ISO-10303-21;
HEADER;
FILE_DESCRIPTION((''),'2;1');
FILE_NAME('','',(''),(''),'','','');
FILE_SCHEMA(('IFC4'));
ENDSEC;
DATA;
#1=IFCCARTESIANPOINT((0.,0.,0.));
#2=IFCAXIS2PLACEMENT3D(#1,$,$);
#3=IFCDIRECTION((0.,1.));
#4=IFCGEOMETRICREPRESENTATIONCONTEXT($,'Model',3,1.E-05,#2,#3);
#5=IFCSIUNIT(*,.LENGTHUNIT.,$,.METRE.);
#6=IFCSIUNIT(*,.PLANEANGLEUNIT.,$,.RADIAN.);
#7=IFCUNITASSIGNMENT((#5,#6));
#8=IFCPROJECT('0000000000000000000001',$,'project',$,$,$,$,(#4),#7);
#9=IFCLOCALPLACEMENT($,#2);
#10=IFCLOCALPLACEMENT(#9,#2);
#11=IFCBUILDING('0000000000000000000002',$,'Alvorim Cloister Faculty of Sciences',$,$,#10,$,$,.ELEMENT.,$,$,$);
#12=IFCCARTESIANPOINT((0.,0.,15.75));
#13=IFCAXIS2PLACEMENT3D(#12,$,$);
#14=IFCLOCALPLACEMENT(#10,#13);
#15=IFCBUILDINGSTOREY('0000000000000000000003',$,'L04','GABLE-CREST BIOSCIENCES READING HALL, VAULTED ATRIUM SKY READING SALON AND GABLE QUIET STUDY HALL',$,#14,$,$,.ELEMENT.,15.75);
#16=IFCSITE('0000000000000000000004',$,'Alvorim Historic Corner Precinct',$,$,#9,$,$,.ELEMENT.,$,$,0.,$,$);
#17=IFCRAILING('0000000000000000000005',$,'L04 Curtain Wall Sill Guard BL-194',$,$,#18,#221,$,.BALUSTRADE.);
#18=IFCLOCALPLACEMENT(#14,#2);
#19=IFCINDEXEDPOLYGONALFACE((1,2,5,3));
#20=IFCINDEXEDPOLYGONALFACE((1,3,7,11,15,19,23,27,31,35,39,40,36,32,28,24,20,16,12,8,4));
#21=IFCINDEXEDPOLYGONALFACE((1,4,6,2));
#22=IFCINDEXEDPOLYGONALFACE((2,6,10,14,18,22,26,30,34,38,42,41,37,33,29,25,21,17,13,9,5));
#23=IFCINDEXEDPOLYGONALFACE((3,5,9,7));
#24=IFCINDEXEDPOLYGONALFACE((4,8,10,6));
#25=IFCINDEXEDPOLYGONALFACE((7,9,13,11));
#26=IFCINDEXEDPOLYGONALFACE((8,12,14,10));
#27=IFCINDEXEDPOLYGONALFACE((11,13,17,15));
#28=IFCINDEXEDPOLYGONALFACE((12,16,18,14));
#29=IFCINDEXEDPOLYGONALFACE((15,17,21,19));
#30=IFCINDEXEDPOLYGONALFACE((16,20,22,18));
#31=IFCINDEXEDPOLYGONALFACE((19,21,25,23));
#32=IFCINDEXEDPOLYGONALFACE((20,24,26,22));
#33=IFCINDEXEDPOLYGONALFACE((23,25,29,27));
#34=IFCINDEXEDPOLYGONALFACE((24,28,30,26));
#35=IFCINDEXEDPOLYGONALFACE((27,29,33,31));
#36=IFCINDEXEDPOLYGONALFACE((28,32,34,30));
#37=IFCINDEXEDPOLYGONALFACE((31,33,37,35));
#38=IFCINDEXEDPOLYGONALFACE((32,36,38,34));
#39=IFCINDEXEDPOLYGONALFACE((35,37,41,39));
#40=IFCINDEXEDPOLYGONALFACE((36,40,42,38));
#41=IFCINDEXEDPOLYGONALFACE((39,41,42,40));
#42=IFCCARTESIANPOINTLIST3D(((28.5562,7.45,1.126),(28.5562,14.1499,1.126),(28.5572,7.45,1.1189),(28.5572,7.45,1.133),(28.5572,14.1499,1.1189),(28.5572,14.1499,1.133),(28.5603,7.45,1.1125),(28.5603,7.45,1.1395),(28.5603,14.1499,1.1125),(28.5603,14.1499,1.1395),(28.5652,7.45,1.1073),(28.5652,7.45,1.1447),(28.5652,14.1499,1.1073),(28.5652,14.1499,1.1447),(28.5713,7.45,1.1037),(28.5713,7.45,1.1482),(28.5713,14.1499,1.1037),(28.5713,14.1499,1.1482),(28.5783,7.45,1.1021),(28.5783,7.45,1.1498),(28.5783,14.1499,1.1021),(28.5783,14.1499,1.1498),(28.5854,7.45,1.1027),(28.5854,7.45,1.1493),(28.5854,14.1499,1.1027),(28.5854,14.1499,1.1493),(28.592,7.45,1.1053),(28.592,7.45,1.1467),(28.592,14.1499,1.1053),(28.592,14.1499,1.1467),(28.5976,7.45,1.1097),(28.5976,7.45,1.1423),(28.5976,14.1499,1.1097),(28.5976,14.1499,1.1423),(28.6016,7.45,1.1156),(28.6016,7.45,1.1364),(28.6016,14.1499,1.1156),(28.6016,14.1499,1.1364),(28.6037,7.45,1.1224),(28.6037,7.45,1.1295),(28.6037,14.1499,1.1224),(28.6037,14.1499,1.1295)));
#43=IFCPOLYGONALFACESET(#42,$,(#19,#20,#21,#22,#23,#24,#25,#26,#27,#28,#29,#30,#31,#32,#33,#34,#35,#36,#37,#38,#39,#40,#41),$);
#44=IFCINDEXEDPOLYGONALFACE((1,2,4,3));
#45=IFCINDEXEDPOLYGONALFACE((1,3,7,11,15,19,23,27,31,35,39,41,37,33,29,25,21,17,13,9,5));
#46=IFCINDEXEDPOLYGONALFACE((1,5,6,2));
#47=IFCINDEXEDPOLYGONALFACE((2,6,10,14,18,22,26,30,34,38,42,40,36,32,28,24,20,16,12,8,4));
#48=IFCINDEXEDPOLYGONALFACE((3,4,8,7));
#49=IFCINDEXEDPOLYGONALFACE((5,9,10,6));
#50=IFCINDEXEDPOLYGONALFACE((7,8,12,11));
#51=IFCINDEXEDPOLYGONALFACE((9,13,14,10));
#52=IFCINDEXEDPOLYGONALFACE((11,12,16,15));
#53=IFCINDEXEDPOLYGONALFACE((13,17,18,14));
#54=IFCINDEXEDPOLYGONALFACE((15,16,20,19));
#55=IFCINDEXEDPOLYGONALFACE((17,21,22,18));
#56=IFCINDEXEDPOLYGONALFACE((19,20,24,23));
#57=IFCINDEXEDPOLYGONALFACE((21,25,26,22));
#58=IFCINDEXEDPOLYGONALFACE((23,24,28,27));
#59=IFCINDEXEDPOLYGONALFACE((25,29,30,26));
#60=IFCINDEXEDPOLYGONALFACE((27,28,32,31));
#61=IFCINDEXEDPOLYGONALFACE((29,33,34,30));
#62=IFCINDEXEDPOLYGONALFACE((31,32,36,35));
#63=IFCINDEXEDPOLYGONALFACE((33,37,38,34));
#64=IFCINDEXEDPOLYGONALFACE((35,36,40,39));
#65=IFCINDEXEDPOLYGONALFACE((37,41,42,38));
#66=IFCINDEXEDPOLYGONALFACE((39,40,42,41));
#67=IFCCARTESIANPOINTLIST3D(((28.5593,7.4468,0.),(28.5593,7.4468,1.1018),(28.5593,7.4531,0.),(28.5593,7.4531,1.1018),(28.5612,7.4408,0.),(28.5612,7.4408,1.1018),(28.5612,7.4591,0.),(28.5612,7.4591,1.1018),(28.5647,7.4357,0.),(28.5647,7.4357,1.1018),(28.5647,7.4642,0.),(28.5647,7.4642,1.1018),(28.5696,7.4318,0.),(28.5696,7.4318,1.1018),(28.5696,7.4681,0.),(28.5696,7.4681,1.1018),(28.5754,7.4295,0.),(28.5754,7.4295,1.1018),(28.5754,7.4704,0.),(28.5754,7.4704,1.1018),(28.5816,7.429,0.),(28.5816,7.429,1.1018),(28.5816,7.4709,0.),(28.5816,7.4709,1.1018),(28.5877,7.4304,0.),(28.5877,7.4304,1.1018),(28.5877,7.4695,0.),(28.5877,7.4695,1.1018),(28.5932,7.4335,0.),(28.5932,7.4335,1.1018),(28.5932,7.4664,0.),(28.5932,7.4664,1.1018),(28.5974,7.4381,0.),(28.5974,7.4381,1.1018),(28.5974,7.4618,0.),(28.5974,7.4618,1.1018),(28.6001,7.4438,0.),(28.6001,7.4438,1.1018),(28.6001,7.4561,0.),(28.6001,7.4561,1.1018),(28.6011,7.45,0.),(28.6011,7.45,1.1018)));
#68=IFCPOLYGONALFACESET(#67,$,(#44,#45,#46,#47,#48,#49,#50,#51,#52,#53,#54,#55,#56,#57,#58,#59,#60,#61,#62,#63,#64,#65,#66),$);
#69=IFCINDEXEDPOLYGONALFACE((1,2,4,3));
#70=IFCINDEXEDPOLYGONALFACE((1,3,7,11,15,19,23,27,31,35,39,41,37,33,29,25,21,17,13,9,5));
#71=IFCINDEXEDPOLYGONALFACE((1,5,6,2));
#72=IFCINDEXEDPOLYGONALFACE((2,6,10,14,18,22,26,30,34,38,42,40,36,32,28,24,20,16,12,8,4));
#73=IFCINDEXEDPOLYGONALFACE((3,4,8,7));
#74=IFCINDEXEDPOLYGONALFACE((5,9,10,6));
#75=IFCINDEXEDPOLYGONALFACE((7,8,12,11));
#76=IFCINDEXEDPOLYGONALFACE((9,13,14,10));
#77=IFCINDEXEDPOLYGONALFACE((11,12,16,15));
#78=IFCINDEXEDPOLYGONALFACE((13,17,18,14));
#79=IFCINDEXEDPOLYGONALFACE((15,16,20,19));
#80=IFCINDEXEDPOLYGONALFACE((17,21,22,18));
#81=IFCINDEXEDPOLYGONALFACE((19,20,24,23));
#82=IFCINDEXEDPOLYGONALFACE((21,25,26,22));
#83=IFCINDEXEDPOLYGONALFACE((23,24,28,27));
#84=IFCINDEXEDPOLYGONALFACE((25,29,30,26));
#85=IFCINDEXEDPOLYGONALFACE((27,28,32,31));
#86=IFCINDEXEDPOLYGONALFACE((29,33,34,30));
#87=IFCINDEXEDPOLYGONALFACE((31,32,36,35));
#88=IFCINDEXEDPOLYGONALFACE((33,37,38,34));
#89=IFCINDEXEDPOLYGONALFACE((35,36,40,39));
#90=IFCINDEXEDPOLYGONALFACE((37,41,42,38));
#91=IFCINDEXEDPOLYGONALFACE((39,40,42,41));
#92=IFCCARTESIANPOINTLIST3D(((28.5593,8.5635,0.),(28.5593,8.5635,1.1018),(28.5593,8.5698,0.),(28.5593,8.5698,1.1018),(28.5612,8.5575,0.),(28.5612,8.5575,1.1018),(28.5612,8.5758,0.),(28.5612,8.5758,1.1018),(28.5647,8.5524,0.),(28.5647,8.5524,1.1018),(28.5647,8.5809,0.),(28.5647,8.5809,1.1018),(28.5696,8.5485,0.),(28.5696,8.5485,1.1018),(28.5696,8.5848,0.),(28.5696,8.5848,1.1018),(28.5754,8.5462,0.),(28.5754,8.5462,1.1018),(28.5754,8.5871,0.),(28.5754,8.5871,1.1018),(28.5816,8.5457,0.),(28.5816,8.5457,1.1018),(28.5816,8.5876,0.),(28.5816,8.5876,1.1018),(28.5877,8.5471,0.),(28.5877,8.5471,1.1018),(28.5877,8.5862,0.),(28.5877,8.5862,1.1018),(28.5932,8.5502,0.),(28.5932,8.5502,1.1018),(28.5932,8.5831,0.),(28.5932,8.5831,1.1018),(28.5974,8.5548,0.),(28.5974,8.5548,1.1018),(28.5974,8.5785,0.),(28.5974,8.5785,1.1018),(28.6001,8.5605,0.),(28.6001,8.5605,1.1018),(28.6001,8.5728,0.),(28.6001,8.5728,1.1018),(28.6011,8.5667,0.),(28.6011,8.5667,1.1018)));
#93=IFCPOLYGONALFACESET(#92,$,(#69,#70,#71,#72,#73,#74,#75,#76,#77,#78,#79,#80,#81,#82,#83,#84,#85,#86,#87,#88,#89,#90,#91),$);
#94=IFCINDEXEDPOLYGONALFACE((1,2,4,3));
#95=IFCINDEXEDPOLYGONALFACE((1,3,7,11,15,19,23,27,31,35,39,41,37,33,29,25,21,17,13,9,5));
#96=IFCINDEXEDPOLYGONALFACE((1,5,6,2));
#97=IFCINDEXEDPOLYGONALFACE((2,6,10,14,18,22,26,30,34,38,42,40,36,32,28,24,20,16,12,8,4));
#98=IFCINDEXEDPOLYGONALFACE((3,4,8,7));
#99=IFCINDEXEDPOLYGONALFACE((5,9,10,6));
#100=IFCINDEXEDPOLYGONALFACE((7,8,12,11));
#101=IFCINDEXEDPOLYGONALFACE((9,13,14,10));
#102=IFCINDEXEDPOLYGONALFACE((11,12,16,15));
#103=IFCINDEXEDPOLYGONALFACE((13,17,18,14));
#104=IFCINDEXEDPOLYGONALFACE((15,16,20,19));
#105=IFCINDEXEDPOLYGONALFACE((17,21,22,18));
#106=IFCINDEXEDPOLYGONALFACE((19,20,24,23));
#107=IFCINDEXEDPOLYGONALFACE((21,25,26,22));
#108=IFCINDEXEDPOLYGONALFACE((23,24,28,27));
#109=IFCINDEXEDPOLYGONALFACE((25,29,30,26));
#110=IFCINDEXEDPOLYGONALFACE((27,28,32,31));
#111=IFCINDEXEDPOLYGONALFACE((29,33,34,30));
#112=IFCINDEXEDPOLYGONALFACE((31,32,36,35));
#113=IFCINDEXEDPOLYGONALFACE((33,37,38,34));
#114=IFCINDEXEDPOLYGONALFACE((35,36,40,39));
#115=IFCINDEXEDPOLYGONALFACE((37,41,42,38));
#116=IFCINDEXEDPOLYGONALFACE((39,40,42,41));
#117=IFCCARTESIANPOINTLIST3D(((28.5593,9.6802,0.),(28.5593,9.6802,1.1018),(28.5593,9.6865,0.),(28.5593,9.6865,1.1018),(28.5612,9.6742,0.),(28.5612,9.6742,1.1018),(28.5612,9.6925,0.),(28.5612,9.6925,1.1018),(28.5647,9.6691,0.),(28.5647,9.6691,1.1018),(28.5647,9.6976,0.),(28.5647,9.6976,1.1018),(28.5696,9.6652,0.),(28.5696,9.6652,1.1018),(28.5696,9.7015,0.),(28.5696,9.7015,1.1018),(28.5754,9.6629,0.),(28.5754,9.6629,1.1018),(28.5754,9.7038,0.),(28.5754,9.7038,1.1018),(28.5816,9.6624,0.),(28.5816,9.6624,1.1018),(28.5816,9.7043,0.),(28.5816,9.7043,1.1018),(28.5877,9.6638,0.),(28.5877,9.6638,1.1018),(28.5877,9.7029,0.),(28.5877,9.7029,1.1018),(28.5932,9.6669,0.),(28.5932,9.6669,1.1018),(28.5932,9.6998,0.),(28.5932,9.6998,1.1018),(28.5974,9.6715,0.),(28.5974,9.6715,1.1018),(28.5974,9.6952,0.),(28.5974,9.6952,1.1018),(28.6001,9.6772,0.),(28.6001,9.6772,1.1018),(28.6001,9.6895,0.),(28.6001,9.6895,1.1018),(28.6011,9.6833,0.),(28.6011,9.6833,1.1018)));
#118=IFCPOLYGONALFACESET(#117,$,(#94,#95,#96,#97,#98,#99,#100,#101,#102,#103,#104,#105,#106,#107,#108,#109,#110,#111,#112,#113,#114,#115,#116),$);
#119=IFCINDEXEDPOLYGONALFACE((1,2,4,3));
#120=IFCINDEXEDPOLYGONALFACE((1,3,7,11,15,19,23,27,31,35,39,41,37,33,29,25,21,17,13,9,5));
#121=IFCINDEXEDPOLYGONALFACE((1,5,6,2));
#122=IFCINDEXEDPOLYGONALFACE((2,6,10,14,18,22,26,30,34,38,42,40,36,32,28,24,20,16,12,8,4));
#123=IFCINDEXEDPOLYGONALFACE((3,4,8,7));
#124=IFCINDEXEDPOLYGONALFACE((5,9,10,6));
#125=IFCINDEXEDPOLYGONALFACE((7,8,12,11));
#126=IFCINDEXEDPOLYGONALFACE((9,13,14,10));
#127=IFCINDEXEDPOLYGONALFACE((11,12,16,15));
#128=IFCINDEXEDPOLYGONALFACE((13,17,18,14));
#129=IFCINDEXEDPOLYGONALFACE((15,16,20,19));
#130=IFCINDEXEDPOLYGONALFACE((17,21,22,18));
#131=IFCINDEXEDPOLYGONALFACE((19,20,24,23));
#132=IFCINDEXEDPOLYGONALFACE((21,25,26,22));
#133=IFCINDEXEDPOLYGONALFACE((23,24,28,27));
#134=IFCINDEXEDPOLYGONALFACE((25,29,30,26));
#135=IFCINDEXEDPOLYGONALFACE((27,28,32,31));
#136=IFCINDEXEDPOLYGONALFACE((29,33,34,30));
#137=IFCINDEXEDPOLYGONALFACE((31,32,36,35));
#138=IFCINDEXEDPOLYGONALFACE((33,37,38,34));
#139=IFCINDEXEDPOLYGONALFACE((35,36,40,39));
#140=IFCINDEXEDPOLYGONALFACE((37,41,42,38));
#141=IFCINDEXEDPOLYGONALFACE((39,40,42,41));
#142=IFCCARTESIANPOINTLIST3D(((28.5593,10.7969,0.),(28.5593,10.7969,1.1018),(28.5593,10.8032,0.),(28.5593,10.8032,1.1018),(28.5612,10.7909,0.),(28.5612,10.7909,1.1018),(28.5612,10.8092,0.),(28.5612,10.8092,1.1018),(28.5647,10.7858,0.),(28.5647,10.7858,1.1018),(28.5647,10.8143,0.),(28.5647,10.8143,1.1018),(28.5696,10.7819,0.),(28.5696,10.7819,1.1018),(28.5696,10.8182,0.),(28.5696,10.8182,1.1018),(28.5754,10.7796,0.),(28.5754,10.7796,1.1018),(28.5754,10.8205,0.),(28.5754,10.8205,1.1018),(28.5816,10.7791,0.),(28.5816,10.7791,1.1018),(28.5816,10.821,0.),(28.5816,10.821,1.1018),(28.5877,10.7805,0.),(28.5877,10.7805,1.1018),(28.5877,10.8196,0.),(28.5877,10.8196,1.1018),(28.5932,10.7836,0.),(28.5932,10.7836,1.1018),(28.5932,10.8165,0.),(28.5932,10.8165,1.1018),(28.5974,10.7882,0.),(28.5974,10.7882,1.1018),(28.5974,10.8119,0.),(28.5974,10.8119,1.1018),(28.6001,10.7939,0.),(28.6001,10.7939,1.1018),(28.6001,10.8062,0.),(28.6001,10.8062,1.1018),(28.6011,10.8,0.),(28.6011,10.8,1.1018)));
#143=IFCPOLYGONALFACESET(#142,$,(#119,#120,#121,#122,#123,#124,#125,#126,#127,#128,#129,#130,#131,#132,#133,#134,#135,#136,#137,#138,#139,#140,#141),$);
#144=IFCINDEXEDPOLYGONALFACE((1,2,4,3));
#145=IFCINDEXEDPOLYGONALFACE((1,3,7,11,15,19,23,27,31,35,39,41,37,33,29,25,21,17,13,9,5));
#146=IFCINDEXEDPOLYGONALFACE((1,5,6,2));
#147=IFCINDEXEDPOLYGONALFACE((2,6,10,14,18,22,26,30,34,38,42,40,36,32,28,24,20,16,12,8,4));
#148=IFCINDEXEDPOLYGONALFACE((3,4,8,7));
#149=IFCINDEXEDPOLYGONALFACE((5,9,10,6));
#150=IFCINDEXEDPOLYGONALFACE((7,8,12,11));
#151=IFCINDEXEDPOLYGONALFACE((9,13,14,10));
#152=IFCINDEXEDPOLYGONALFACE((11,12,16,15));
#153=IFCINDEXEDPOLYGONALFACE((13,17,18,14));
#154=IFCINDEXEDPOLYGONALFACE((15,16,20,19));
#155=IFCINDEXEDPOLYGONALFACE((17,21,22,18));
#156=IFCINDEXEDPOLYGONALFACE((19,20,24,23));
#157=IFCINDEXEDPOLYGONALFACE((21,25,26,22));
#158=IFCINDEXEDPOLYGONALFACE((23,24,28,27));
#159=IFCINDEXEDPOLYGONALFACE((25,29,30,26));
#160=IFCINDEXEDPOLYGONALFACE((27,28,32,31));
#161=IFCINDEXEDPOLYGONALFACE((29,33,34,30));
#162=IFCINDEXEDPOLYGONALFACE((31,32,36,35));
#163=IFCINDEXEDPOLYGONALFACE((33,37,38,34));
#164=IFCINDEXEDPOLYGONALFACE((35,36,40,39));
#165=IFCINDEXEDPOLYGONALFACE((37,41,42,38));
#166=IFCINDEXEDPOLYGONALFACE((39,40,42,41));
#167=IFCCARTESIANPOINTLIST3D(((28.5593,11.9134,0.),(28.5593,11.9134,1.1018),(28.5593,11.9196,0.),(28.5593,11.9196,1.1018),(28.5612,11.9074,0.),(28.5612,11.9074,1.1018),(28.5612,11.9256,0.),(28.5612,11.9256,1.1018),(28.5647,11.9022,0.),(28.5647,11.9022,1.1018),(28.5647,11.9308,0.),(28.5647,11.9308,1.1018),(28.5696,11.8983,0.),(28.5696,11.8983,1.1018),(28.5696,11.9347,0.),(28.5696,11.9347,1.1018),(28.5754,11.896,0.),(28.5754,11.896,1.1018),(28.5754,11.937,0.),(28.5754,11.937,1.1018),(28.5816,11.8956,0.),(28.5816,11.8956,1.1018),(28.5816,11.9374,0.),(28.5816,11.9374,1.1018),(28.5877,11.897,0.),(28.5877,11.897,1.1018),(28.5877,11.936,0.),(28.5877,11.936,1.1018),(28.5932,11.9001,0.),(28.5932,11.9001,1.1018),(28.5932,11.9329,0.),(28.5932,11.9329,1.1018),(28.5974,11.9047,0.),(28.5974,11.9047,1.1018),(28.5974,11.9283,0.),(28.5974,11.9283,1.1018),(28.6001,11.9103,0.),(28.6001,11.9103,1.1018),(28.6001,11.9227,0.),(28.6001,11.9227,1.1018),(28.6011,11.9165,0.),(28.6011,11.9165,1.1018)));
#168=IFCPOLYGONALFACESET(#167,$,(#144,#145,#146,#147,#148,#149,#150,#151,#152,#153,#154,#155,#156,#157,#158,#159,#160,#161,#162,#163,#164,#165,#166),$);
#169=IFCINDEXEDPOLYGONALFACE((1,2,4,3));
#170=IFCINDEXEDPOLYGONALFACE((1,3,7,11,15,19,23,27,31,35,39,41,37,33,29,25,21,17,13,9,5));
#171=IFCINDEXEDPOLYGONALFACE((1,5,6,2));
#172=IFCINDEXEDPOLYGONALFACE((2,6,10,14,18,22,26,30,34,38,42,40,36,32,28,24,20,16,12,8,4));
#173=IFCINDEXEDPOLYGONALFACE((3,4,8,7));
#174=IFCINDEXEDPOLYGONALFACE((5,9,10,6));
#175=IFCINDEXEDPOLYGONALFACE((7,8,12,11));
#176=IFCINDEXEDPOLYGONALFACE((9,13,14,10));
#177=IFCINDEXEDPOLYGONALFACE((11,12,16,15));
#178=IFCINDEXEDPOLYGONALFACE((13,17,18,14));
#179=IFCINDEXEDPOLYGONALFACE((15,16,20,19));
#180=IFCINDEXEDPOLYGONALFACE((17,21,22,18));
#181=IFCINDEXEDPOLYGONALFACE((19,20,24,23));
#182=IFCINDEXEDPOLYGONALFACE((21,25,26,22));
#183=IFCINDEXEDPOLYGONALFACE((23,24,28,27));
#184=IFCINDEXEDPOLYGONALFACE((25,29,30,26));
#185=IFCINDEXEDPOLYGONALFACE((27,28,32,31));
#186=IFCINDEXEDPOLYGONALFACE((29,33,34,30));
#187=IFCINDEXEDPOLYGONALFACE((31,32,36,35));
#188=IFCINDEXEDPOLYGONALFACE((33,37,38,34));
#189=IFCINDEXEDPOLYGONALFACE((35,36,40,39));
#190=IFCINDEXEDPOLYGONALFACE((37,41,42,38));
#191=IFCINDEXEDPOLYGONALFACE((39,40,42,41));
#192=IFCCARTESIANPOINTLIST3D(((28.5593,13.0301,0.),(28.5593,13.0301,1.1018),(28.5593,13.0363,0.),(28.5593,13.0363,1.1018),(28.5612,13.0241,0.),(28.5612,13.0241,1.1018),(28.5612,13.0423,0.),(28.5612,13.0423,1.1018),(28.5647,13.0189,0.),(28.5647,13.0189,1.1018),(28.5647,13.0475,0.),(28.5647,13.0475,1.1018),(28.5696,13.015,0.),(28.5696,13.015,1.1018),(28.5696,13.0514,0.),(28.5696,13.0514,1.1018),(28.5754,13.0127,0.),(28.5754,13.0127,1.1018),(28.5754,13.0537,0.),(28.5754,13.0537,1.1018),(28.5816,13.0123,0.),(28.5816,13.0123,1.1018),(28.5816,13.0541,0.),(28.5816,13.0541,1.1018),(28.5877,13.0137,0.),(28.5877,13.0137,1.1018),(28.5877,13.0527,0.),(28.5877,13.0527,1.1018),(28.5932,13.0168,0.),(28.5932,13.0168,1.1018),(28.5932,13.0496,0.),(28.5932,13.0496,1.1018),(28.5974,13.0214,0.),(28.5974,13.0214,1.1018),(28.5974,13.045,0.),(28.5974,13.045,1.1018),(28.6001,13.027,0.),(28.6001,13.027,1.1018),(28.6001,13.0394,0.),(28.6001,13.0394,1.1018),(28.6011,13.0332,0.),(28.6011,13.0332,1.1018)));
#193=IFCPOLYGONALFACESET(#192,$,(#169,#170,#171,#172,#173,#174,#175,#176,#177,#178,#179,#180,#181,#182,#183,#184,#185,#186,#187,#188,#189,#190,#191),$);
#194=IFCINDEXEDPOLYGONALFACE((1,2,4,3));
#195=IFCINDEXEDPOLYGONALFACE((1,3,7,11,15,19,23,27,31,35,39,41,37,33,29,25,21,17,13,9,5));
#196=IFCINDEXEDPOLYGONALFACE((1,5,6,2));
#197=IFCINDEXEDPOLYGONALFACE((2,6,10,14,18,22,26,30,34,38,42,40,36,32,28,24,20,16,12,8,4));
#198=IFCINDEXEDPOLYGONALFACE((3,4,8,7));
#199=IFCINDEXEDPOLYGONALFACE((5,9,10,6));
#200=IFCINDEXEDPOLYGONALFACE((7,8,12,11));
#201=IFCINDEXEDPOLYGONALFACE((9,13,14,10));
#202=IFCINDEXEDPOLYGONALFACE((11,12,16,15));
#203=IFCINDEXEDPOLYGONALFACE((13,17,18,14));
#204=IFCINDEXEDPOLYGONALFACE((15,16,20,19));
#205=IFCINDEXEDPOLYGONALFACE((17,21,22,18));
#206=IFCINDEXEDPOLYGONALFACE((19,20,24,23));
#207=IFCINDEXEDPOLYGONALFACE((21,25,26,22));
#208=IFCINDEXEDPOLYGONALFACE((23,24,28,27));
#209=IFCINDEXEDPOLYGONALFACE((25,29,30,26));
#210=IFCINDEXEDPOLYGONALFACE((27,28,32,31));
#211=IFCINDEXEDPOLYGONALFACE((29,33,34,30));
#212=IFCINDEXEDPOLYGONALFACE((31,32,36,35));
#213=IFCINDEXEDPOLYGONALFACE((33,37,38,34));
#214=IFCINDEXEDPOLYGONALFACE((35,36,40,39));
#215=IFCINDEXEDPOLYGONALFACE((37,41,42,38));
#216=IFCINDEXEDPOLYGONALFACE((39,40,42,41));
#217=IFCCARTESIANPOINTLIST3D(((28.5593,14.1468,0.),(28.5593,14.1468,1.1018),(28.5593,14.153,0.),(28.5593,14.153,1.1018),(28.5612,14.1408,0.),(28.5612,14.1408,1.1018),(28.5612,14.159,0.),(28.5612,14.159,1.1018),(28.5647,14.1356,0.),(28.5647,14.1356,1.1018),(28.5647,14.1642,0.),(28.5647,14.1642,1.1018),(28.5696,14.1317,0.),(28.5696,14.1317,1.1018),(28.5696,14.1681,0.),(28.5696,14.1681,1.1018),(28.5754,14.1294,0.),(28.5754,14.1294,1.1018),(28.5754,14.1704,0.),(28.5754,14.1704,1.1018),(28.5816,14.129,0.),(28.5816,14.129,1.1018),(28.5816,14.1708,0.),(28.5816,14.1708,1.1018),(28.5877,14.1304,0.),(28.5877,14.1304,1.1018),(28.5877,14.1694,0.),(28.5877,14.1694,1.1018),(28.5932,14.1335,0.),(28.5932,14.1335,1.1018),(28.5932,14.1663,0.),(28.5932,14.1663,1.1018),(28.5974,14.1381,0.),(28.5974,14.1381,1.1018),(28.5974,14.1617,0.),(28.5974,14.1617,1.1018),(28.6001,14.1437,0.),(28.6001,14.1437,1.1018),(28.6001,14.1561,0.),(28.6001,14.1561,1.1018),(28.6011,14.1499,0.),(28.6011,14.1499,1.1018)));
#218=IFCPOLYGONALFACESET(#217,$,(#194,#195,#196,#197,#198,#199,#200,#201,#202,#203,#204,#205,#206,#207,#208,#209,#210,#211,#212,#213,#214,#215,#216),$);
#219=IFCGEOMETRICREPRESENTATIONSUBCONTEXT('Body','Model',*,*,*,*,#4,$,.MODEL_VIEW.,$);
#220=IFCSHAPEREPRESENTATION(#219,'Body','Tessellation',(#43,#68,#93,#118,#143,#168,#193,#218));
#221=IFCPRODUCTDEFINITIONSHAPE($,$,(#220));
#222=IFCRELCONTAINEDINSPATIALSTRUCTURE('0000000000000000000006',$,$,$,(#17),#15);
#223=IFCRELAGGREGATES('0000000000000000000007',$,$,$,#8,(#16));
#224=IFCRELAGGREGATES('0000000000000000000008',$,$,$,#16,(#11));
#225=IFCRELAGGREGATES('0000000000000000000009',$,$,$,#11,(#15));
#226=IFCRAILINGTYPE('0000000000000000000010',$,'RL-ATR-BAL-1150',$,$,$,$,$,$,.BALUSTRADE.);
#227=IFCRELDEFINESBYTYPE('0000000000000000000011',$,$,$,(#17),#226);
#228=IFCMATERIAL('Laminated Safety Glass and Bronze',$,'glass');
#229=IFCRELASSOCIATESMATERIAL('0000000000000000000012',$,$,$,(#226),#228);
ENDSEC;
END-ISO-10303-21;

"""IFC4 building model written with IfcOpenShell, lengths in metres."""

from ifc_helpers import new_model, si_unit, direction, frame, origin, origin_2d, place, context, subcontext, project, spatial, circle, extrude, material, type_object, element, save


model = new_model("IFC4")

# Units and contexts
model_context = context("Model", 3, precision=1e-05, world=origin(), true_north=direction((0.0, 1.0)))
body_context = subcontext(model_context, "Body", "Model", "MODEL_VIEW")
ifc_project = project(units=[si_unit("LENGTHUNIT", "METRE"), si_unit("PLANEANGLEUNIT", "RADIAN")], contexts=[model_context])

# Site, building, storey
site_placement = place(None, origin())
site = spatial("IfcSite", under=ifc_project, at=site_placement, Name="Alvorim Historic Corner Precinct", CompositionType="ELEMENT", RefElevation=0.0)
building_placement = place(site_placement, origin())
building = spatial("IfcBuilding", under=site, at=building_placement, Name="Alvorim Cloister Faculty of Sciences", CompositionType="ELEMENT")
storey_placement = place(building_placement, frame((0.0, 0.0, 15.75)))
storey = spatial("IfcBuildingStorey", under=building, at=storey_placement, Name="L04", Description="GABLE-CREST BIOSCIENCES READING HALL, VAULTED ATRIUM SKY READING SALON AND GABLE QUIET STUDY HALL", CompositionType="ELEMENT", Elevation=15.75)

# Railing
ifc_material_1 = material(Name="Laminated Safety Glass and Bronze", Category="glass")
railing_type = type_object("IfcRailingType", Name="RL-ATR-BAL-1150", PredefinedType="BALUSTRADE", material=ifc_material_1)
railing_placement = place(storey_placement, frame((28.5801, 7.45, 0.0)))
element("IfcRailing", 1, at=railing_placement, inside=storey, type_object=railing_type, Name="L04 Curtain Wall Sill Guard BL-194", PredefinedType="BALUSTRADE", context=body_context, shape_type="SweptSolid", body=[
    extrude(circle(Radius=0.0239, at=origin_2d()), frame((0.0, 0.0, 1.126), z_axis=(0.0, 1.0, 0.0), x_axis=(-1.0, 0.0, 0.0)), (0.0, 0.0, 1.0), 6.7),
    extrude(circle(Radius=0.021, at=origin_2d()), origin(), (0.0, 0.0, 1.0), 1.1018),
    extrude(circle(Radius=0.021, at=origin_2d()), frame((0.0, 1.1167, 0.0)), (0.0, 0.0, 1.0), 1.1018),
    extrude(circle(Radius=0.021, at=origin_2d()), frame((0.0, 2.2334, 0.0)), (0.0, 0.0, 1.0), 1.1018),
    extrude(circle(Radius=0.021, at=origin_2d()), frame((0.0, 3.3501, 0.0)), (0.0, 0.0, 1.0), 1.1018),
    extrude(circle(Radius=0.021, at=origin_2d()), frame((0.0, 4.4666, 0.0)), (0.0, 0.0, 1.0), 1.1018),
    extrude(circle(Radius=0.021, at=origin_2d()), frame((0.0, 5.5833, 0.0)), (0.0, 0.0, 1.0), 1.1018),
    extrude(circle(Radius=0.021, at=origin_2d()), frame((0.0, 6.7, 0.0)), (0.0, 0.0, 1.0), 1.1018),
])

save(model, "model.ifc")
